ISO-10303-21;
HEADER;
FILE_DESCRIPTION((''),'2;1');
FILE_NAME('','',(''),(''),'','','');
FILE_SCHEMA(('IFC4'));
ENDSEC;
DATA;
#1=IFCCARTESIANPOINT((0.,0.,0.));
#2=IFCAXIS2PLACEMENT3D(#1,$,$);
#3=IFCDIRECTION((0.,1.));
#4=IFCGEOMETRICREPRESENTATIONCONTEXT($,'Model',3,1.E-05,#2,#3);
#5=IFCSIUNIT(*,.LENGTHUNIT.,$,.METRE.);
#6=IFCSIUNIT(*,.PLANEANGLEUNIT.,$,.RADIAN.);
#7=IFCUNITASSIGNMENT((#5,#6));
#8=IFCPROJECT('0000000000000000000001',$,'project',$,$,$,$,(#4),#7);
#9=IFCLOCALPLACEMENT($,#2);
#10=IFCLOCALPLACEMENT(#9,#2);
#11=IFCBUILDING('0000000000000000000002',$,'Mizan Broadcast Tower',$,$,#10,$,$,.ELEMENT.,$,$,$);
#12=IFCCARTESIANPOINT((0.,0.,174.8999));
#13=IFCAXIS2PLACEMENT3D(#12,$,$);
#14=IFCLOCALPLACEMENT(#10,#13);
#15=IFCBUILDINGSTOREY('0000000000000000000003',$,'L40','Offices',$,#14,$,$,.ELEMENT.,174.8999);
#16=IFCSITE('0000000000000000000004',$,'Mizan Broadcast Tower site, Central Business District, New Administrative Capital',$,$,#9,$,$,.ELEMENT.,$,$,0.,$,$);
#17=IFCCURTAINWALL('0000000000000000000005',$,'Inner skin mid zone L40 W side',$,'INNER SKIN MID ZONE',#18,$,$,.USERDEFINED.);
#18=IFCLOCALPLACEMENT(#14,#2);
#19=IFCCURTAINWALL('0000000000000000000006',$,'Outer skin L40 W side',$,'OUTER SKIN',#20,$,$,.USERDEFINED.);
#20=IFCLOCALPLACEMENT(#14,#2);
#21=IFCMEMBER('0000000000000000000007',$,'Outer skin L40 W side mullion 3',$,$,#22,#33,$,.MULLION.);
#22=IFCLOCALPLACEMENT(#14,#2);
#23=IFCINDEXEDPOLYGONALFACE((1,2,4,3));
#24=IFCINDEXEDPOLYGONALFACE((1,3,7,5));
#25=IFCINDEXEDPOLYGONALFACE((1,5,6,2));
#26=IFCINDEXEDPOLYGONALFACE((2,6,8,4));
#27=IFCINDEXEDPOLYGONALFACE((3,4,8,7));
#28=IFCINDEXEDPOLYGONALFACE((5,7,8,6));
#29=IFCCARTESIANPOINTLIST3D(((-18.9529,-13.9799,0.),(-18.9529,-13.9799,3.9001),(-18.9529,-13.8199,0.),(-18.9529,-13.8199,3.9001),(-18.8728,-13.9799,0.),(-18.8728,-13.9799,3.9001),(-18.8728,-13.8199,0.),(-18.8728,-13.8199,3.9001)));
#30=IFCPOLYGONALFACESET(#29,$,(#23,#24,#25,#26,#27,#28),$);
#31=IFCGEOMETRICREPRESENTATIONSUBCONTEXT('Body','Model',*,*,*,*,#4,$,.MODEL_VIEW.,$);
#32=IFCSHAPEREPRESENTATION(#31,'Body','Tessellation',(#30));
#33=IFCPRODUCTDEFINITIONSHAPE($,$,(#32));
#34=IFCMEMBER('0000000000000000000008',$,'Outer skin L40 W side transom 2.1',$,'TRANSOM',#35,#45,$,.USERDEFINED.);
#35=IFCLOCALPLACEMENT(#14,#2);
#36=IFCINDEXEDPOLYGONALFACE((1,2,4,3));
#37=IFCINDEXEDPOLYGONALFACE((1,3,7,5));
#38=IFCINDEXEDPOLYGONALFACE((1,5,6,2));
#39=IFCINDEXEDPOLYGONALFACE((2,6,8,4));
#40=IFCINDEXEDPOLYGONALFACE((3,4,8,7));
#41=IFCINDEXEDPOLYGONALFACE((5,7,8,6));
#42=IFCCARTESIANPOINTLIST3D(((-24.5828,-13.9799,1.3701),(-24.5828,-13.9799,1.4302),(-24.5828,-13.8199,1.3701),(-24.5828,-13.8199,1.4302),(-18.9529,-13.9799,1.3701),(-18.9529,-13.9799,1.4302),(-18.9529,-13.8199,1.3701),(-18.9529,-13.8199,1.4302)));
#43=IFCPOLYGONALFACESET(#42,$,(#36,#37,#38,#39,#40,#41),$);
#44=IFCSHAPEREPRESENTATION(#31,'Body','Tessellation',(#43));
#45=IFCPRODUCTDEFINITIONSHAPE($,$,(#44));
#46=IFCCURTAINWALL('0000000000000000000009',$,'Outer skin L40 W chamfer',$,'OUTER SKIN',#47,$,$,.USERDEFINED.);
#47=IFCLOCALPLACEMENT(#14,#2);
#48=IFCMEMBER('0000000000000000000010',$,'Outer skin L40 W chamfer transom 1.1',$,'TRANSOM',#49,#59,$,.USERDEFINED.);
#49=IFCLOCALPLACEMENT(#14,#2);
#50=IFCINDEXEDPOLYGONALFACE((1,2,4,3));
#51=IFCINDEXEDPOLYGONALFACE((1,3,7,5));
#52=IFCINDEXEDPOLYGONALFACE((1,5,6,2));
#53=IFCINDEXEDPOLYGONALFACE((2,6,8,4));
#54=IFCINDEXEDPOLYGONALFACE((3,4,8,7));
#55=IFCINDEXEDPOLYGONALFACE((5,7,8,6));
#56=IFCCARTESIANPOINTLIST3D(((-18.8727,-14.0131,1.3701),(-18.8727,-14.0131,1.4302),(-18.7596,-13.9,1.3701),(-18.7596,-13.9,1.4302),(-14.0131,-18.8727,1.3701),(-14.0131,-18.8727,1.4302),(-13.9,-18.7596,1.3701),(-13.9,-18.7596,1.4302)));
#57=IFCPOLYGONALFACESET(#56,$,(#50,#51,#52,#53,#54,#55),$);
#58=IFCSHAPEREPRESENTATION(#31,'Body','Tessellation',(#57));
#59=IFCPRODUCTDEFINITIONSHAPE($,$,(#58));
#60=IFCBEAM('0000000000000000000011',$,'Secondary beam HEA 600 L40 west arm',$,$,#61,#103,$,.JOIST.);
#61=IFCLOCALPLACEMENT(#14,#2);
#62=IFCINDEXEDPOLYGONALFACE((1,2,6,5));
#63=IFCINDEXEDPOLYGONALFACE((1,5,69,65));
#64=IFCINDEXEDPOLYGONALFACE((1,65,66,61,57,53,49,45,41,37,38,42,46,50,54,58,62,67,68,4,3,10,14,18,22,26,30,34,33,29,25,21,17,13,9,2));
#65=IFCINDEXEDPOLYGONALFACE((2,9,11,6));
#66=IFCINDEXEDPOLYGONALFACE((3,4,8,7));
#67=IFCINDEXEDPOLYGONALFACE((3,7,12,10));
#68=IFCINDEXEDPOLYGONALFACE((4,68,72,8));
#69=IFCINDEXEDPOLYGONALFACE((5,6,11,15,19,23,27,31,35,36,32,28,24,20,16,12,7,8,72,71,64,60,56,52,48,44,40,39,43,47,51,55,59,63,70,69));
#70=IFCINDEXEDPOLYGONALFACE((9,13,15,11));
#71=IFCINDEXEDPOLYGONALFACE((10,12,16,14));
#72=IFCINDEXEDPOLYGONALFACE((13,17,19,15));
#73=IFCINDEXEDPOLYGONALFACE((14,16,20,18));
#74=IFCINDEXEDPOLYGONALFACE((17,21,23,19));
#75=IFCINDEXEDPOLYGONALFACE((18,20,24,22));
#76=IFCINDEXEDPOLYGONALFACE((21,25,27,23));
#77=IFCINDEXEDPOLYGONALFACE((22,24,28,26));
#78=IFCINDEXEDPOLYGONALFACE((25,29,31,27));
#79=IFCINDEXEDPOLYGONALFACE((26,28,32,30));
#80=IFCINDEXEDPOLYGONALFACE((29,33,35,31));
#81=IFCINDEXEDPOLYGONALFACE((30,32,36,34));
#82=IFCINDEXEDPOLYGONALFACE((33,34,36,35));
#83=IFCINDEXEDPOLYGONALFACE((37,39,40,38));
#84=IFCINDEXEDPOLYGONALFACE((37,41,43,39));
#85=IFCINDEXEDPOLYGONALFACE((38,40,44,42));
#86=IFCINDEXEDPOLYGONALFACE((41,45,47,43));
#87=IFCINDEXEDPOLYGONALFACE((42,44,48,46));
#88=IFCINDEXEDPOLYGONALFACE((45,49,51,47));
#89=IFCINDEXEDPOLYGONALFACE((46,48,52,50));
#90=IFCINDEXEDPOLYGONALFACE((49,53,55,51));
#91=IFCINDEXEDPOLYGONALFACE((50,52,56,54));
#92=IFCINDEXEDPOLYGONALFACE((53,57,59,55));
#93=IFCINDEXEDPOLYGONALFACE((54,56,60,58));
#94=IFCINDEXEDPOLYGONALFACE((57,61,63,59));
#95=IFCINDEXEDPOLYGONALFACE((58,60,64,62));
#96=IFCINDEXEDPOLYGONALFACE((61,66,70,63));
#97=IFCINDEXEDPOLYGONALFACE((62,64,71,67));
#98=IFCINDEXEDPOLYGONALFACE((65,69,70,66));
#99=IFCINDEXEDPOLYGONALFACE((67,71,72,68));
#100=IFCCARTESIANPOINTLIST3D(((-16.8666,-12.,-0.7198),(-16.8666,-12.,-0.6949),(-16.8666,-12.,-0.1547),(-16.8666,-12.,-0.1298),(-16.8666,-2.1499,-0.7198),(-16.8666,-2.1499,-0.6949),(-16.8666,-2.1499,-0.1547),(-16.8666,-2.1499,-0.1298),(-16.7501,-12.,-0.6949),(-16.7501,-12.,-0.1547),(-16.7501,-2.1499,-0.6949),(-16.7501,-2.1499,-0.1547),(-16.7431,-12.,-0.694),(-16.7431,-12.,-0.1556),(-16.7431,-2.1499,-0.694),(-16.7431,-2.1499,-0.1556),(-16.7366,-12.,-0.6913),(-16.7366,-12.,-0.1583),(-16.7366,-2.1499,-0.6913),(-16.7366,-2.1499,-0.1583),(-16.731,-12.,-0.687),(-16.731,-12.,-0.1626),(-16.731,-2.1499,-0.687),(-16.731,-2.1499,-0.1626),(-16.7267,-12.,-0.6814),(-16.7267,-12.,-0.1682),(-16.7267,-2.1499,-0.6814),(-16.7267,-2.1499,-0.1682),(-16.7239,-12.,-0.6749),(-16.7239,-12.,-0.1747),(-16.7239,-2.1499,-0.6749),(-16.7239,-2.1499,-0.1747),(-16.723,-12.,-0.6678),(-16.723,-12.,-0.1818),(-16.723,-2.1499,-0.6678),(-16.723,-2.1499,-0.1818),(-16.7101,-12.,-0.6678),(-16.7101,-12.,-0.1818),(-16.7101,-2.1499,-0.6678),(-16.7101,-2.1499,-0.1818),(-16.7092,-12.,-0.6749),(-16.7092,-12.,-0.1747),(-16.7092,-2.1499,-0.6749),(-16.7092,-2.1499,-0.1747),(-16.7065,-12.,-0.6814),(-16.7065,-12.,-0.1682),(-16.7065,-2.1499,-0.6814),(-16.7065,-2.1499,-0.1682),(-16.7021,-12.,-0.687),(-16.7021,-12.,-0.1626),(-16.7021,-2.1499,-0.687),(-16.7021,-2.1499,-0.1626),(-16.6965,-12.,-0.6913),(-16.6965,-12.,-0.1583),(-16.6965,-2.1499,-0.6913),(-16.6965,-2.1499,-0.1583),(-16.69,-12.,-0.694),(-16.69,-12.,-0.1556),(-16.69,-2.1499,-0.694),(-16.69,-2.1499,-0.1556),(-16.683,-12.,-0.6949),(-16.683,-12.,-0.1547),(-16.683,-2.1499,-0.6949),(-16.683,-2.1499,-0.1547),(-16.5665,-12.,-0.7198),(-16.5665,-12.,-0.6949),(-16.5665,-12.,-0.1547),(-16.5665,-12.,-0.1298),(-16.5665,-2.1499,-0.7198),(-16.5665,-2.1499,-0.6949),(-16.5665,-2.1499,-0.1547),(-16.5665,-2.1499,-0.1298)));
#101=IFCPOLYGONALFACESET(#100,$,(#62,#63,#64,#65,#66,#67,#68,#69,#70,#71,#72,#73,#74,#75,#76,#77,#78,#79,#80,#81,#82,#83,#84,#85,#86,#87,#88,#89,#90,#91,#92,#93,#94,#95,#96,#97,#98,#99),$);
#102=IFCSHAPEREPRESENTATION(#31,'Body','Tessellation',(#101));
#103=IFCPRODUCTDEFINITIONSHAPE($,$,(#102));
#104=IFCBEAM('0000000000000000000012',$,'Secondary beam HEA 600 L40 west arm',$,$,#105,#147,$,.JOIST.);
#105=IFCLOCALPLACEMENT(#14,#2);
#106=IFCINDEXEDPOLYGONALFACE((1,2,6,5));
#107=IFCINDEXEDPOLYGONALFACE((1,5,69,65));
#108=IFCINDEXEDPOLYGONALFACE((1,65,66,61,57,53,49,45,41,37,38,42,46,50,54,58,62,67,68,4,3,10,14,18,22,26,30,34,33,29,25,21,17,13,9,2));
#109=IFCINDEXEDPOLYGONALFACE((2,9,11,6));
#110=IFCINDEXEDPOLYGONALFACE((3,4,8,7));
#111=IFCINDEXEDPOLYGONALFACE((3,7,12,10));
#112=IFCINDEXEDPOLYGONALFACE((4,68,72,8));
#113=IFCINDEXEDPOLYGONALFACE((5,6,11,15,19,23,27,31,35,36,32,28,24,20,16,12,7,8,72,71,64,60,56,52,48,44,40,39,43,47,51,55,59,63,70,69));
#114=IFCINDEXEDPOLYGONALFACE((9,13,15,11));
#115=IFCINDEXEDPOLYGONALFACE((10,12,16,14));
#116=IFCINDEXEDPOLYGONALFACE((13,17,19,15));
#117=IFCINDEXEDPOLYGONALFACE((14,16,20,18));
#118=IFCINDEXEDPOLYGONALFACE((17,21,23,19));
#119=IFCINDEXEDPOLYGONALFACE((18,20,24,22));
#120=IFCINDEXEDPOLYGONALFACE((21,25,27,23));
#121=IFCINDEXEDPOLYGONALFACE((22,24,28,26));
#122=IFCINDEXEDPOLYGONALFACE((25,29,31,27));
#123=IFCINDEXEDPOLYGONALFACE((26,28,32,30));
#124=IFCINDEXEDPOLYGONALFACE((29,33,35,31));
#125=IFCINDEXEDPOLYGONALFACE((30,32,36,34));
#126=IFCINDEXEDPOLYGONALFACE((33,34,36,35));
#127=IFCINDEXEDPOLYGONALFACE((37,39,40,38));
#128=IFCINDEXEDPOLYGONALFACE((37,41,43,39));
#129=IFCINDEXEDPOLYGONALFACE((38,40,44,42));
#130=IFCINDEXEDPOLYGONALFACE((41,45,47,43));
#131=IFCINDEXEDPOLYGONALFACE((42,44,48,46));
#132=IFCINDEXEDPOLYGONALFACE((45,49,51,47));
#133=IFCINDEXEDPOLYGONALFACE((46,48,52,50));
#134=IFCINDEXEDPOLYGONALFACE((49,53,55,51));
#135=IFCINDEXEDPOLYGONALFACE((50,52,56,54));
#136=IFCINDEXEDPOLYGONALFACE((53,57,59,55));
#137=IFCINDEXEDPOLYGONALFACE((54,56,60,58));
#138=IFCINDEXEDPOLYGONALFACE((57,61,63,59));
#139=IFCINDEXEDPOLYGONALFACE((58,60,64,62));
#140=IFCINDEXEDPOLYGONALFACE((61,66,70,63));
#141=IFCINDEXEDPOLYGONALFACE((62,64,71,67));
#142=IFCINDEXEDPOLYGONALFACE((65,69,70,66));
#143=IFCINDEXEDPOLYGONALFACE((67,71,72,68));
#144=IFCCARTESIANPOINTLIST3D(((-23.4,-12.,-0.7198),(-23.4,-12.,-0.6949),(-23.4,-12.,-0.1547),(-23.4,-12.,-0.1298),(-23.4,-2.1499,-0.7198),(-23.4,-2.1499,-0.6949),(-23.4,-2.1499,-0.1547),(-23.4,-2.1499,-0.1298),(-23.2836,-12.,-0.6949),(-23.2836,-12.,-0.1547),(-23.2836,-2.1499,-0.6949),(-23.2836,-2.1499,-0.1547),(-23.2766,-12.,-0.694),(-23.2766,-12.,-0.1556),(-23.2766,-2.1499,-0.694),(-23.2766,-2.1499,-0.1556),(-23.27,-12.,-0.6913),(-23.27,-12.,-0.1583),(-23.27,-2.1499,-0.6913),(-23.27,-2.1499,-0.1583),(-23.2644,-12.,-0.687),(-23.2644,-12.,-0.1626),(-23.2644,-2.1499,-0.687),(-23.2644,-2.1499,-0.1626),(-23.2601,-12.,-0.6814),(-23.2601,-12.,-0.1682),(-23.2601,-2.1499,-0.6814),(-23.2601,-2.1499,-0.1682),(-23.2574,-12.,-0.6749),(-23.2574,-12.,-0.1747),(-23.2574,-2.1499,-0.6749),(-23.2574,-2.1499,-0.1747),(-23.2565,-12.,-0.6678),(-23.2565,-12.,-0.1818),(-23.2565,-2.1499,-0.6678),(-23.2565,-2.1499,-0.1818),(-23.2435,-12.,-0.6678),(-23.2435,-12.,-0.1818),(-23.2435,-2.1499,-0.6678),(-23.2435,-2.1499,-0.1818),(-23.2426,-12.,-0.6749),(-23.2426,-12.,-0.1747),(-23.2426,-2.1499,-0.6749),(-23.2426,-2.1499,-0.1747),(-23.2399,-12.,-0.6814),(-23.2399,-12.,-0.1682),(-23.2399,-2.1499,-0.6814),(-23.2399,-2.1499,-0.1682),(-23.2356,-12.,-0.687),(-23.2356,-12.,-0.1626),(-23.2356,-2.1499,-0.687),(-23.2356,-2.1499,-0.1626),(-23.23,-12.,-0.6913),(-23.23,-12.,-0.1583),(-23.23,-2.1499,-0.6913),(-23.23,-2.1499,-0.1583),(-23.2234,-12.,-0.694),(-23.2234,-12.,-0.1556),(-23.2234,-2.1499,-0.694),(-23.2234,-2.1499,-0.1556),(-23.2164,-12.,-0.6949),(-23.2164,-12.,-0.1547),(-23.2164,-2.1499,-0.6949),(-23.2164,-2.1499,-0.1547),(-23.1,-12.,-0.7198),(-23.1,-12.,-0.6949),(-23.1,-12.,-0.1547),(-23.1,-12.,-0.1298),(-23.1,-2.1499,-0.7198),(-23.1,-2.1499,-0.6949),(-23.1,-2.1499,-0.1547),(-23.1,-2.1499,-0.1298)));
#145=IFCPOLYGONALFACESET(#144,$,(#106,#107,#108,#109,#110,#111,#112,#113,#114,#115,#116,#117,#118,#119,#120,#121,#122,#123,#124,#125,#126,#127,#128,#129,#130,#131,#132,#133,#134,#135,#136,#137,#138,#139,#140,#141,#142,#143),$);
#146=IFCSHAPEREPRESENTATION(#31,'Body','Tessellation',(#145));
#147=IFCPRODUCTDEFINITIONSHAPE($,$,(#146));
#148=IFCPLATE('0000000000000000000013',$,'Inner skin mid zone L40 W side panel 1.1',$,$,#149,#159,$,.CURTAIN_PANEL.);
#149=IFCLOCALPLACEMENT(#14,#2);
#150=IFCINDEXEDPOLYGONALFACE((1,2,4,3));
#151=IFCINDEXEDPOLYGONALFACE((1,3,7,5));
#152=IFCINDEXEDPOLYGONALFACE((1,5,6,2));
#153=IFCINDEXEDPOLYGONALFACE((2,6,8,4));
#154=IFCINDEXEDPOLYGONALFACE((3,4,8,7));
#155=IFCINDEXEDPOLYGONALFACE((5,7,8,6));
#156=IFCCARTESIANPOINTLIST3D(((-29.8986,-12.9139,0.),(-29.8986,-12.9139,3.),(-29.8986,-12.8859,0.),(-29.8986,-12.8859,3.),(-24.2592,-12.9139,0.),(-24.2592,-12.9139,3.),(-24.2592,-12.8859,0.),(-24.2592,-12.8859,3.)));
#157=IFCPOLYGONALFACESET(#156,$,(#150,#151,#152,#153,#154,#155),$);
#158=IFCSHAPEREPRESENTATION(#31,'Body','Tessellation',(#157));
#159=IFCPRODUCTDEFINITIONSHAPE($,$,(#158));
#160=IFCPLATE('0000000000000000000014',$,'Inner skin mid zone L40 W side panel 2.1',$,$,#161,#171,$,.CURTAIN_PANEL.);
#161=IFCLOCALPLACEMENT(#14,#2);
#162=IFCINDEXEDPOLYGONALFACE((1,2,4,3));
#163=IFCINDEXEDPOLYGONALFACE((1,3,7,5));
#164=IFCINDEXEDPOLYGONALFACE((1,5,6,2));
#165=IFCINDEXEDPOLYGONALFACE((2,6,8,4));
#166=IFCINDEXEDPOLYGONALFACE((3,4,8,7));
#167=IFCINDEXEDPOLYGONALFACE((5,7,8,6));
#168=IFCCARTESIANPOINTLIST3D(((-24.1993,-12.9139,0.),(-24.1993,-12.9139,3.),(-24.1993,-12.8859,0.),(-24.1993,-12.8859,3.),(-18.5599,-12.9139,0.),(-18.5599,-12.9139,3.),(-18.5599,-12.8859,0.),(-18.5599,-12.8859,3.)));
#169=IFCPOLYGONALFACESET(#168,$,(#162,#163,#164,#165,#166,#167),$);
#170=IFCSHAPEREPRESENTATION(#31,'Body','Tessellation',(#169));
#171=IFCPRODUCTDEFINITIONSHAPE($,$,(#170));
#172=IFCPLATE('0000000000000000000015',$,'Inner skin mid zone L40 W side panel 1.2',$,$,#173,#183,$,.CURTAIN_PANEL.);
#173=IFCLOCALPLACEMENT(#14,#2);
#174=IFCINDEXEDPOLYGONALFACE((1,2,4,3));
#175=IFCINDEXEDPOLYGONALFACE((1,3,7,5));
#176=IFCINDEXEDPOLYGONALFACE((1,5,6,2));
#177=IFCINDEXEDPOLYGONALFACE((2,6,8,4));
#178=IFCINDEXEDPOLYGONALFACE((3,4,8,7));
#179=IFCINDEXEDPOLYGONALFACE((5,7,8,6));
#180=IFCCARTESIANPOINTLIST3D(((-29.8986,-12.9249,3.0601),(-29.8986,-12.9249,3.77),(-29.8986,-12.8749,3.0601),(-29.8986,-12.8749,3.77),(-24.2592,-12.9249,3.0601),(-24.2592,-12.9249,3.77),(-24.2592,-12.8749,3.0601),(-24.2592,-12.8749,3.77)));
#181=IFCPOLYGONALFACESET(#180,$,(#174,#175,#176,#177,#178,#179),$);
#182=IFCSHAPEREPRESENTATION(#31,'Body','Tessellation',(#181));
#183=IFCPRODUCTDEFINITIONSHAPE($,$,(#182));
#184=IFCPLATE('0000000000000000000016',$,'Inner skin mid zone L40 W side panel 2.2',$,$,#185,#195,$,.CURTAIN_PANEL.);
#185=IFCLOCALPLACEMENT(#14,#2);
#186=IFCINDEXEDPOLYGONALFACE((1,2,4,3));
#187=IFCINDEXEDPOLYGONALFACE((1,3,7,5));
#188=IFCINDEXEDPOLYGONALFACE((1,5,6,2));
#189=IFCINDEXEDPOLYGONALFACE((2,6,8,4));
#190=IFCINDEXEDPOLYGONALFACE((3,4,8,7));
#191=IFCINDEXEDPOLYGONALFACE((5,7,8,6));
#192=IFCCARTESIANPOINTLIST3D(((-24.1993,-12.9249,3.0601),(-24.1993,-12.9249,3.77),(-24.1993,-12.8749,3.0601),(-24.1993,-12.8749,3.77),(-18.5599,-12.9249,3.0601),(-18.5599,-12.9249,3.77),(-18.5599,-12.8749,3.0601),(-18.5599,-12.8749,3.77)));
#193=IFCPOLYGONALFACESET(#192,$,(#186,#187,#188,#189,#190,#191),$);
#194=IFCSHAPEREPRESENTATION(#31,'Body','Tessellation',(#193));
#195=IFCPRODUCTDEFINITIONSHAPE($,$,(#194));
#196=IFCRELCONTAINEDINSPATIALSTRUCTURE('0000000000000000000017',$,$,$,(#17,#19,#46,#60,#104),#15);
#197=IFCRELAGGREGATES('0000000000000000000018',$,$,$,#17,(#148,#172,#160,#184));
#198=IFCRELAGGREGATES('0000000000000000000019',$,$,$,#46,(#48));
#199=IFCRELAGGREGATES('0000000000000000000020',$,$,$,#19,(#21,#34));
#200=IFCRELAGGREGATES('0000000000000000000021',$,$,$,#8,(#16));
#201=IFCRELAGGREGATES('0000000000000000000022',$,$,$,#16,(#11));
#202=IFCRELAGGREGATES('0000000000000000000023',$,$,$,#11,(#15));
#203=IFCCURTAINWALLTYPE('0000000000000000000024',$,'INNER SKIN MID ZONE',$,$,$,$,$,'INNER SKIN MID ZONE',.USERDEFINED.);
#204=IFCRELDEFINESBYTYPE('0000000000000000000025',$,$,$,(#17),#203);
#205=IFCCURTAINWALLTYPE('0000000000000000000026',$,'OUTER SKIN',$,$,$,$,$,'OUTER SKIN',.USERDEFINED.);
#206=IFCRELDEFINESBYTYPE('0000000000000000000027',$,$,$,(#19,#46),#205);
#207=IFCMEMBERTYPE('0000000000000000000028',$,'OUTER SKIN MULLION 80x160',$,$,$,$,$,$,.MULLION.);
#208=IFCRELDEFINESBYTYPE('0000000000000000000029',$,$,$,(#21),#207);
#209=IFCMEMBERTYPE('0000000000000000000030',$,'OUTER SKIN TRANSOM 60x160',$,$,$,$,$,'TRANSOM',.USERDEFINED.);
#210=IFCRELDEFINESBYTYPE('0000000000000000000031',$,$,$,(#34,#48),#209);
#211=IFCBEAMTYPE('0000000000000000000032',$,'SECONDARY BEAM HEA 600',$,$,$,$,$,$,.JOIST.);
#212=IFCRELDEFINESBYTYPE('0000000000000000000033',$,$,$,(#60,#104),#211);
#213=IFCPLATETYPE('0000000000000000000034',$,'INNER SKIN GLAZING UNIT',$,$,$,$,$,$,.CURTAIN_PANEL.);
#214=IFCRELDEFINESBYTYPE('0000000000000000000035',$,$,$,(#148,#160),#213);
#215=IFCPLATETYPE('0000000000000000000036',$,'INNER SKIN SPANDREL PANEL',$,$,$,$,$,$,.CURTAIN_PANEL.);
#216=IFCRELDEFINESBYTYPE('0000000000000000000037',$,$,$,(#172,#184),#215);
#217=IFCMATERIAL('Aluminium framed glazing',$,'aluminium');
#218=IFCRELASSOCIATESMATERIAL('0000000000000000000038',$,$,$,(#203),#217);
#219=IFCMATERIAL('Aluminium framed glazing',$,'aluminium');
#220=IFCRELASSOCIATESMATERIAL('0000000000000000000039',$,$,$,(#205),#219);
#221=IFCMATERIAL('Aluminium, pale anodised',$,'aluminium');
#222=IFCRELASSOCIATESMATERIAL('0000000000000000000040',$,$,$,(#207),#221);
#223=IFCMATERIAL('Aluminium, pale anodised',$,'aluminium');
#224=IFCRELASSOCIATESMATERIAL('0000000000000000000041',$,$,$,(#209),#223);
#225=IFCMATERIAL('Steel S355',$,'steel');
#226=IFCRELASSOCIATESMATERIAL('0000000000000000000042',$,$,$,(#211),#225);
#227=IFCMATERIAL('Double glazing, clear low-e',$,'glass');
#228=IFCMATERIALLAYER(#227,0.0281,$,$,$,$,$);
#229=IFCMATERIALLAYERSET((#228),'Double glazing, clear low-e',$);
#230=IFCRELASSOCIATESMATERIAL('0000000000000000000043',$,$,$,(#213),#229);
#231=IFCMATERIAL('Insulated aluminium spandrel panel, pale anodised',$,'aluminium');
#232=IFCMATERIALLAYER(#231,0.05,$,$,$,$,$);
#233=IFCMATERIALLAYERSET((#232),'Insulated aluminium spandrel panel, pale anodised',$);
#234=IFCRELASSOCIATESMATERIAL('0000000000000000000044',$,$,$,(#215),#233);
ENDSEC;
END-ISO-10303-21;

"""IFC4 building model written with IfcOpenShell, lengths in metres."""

from ifc_helpers import new_model, si_unit, direction, frame, origin, origin_2d, place, context, subcontext, project, spatial, rectangle, i_section, extrude, material, layer, layer_set, material_profile, profile_set, type_object, element, aggregate, save


model = new_model("IFC4")

# Units and contexts
model_context = context("Model", 3, precision=1e-05, world=origin(), true_north=direction((0.0, 1.0)))
body_context = subcontext(model_context, "Body", "Model", "MODEL_VIEW")
ifc_project = project(units=[si_unit("LENGTHUNIT", "METRE"), si_unit("PLANEANGLEUNIT", "RADIAN")], contexts=[model_context])

# Site, building, storey
site_placement = place(None, origin())
site = spatial("IfcSite", under=ifc_project, at=site_placement, Name="Mizan Broadcast Tower site, Central Business District, New Administrative Capital", CompositionType="ELEMENT", RefElevation=0.0)
building_placement = place(site_placement, origin())
building = spatial("IfcBuilding", under=site, at=building_placement, Name="Mizan Broadcast Tower", CompositionType="ELEMENT")
storey_placement = place(building_placement, frame((0.0, 0.0, 174.8999)))
storey = spatial("IfcBuildingStorey", under=building, at=storey_placement, Name="L40", Description="Offices", CompositionType="ELEMENT", Elevation=174.8999)

# Curtain walls, members
ifc_material_1 = material(Name="Aluminium framed glazing", Category="aluminium")
curtain_wall_type_1 = type_object("IfcCurtainWallType", Name="INNER SKIN MID ZONE", ElementType="INNER SKIN MID ZONE", PredefinedType="USERDEFINED", material=ifc_material_1)
curtain_wall_1_placement = place(storey_placement, origin())
curtain_wall_1 = element("IfcCurtainWall", 1, at=curtain_wall_1_placement, inside=storey, type_object=curtain_wall_type_1, Name="Inner skin mid zone L40 W side", ObjectType="INNER SKIN MID ZONE", PredefinedType="USERDEFINED")
ifc_material_2 = material(Name="Aluminium framed glazing", Category="aluminium")
curtain_wall_type_2 = type_object("IfcCurtainWallType", Name="OUTER SKIN", ElementType="OUTER SKIN", PredefinedType="USERDEFINED", material=ifc_material_2)
curtain_wall_2_placement = place(storey_placement, origin())
curtain_wall_2 = element("IfcCurtainWall", 2, at=curtain_wall_2_placement, inside=storey, type_object=curtain_wall_type_2, Name="Outer skin L40 W side", ObjectType="OUTER SKIN", PredefinedType="USERDEFINED")
ifc_material_3 = material(Name="Aluminium, pale anodised", Category="aluminium")
ifc_material_profile_1 = material_profile(ifc_material_3, rectangle(XDim=0.1599, YDim=0.0801, at=origin_2d()), Name="MULLION 160x80")
ifc_profile_set_1 = profile_set([ifc_material_profile_1], Name="Aluminium, pale anodised")
member_type_1 = type_object("IfcMemberType", Name="OUTER SKIN MULLION 80x160", PredefinedType="MULLION", material=ifc_profile_set_1)
member_1_placement = place(storey_placement, frame((-18.9128, -13.8999, 0.0), z_axis=(0.0, 0.0, 1.0), x_axis=(0.0, 1.0, 0.0)))
member_1 = element("IfcMember", 3, at=member_1_placement, type_object=member_type_1, Name="Outer skin L40 W side mullion 3", PredefinedType="MULLION", context=body_context, shape_type="SweptSolid", body=[
    extrude(rectangle(XDim=0.1599, YDim=0.0801, at=origin_2d()), origin(), (0.0, 0.0, 1.0), 3.9001),
])
ifc_material_4 = material(Name="Aluminium, pale anodised", Category="aluminium")
ifc_material_profile_2 = material_profile(ifc_material_4, rectangle(XDim=0.1599, YDim=0.0601, at=origin_2d()), Name="TRANSOM 160x60")
ifc_profile_set_2 = profile_set([ifc_material_profile_2], Name="Aluminium, pale anodised")
member_type_2 = type_object("IfcMemberType", Name="OUTER SKIN TRANSOM 60x160", ElementType="TRANSOM", PredefinedType="USERDEFINED", material=ifc_profile_set_2)
member_2_placement = place(storey_placement, frame((-24.5828, -13.8999, 1.4001), z_axis=(1.0, 0.0, 0.0), x_axis=(0.0, 1.0, 0.0)))
member_2 = element("IfcMember", 4, at=member_2_placement, type_object=member_type_2, Name="Outer skin L40 W side transom 2.1", ObjectType="TRANSOM", PredefinedType="USERDEFINED", context=body_context, shape_type="SweptSolid", body=[
    extrude(rectangle(XDim=0.1599, YDim=0.0601, at=origin_2d()), origin(), (0.0, 0.0, 1.0), 5.6299),
])

# Curtain wall, member
curtain_wall_3_placement = place(storey_placement, origin())
curtain_wall_3 = element("IfcCurtainWall", 5, at=curtain_wall_3_placement, inside=storey, type_object=curtain_wall_type_2, Name="Outer skin L40 W chamfer", ObjectType="OUTER SKIN", PredefinedType="USERDEFINED")
member_3_placement = place(storey_placement, frame((-18.8162, -13.9565, 1.4001), z_axis=(0.707107, -0.707107, 0.0), x_axis=(0.707107, 0.707107, 0.0)))
member_3 = element("IfcMember", 6, at=member_3_placement, type_object=member_type_2, Name="Outer skin L40 W chamfer transom 1.1", ObjectType="TRANSOM", PredefinedType="USERDEFINED", context=body_context, shape_type="SweptSolid", body=[
    extrude(rectangle(XDim=0.1599, YDim=0.0601, at=origin_2d()), origin(), (0.0, 0.0, 1.0), 6.8726),
])

# Beams
ifc_material_5 = material(Name="Steel S355", Category="steel")
ifc_material_profile_3 = material_profile(ifc_material_5, i_section(OverallWidth=0.3, OverallDepth=0.5901, WebThickness=0.0129, FlangeThickness=0.0249, FilletRadius=0.0271, at=origin_2d()), Name="HEA 600")
ifc_profile_set_3 = profile_set([ifc_material_profile_3], Name="Steel S355")
beam_type_1 = type_object("IfcBeamType", Name="SECONDARY BEAM HEA 600", PredefinedType="JOIST", material=ifc_profile_set_3)
for number, where, z_axis, x_axis, name in (
    (7, (-16.7166, -12.0, -0.4248), (0.0, 1.0, 0.0), (-1.0, 0.0, 0.0), "Secondary beam HEA 600 L40 west arm"),
    (8, (-23.25, -12.0, -0.4248), (0.0, 1.0, 0.0), (-1.0, 0.0, 0.0), "Secondary beam HEA 600 L40 west arm"),
):
    element("IfcBeam", number, at=place(storey_placement, frame(where, z_axis=z_axis, x_axis=x_axis)), inside=storey, type_object=beam_type_1, Name=name, PredefinedType="JOIST", context=body_context, shape_type="SweptSolid", body=[
        extrude(i_section(OverallWidth=0.3, OverallDepth=0.5901, WebThickness=0.0129, FlangeThickness=0.0249, FilletRadius=0.0271, at=origin_2d()), origin(), (0.0, 0.0, 1.0), 9.8501),
    ])

# Plates
ifc_material_6 = material(Name="Double glazing, clear low-e", Category="glass")
ifc_layer_1 = layer(ifc_material_6, 0.0281)
ifc_layer_set_1 = layer_set([ifc_layer_1], Name="Double glazing, clear low-e")
plate_type_1 = type_object("IfcPlateType", Name="INNER SKIN GLAZING UNIT", PredefinedType="CURTAIN_PANEL", material=ifc_layer_set_1)
plate_1_placement = place(storey_placement, frame((-27.0789, -12.8999, 0.0), z_axis=(0.0, 0.0, 1.0), x_axis=(1.0, 0.0, 0.0)))
plate_1 = element("IfcPlate", 9, at=plate_1_placement, type_object=plate_type_1, Name="Inner skin mid zone L40 W side panel 1.1", PredefinedType="CURTAIN_PANEL", context=body_context, shape_type="SweptSolid", body=[
    extrude(rectangle(XDim=5.6394, YDim=0.0281, at=origin_2d()), origin(), (0.0, 0.0, 1.0), 3.0),
])
plate_2_placement = place(storey_placement, frame((-21.3796, -12.8999, 0.0), z_axis=(0.0, 0.0, 1.0), x_axis=(1.0, 0.0, 0.0)))
plate_2 = element("IfcPlate", 10, at=plate_2_placement, type_object=plate_type_1, Name="Inner skin mid zone L40 W side panel 2.1", PredefinedType="CURTAIN_PANEL", context=body_context, shape_type="SweptSolid", body=[
    extrude(rectangle(XDim=5.6394, YDim=0.0281, at=origin_2d()), origin(), (0.0, 0.0, 1.0), 3.0),
])
ifc_material_7 = material(Name="Insulated aluminium spandrel panel, pale anodised", Category="aluminium")
ifc_layer_2 = layer(ifc_material_7, 0.05)
ifc_layer_set_2 = layer_set([ifc_layer_2], Name="Insulated aluminium spandrel panel, pale anodised")
plate_type_2 = type_object("IfcPlateType", Name="INNER SKIN SPANDREL PANEL", PredefinedType="CURTAIN_PANEL", material=ifc_layer_set_2)
plate_3_placement = place(storey_placement, frame((-27.0789, -12.8999, 3.0601), z_axis=(0.0, 0.0, 1.0), x_axis=(1.0, 0.0, 0.0)))
plate_3 = element("IfcPlate", 11, at=plate_3_placement, type_object=plate_type_2, Name="Inner skin mid zone L40 W side panel 1.2", PredefinedType="CURTAIN_PANEL", context=body_context, shape_type="SweptSolid", body=[
    extrude(rectangle(XDim=5.6394, YDim=0.05, at=origin_2d()), origin(), (0.0, 0.0, 1.0), 0.71),
])
plate_4_placement = place(storey_placement, frame((-21.3796, -12.8999, 3.0601), z_axis=(0.0, 0.0, 1.0), x_axis=(1.0, 0.0, 0.0)))
plate_4 = element("IfcPlate", 12, at=plate_4_placement, type_object=plate_type_2, Name="Inner skin mid zone L40 W side panel 2.2", PredefinedType="CURTAIN_PANEL", context=body_context, shape_type="SweptSolid", body=[
    extrude(rectangle(XDim=5.6394, YDim=0.05, at=origin_2d()), origin(), (0.0, 0.0, 1.0), 0.71),
])
aggregate(curtain_wall_1, [plate_1, plate_3, plate_2, plate_4])
aggregate(curtain_wall_3, [member_3])
aggregate(curtain_wall_2, [member_1, member_2])

save(model, "model.ifc")
